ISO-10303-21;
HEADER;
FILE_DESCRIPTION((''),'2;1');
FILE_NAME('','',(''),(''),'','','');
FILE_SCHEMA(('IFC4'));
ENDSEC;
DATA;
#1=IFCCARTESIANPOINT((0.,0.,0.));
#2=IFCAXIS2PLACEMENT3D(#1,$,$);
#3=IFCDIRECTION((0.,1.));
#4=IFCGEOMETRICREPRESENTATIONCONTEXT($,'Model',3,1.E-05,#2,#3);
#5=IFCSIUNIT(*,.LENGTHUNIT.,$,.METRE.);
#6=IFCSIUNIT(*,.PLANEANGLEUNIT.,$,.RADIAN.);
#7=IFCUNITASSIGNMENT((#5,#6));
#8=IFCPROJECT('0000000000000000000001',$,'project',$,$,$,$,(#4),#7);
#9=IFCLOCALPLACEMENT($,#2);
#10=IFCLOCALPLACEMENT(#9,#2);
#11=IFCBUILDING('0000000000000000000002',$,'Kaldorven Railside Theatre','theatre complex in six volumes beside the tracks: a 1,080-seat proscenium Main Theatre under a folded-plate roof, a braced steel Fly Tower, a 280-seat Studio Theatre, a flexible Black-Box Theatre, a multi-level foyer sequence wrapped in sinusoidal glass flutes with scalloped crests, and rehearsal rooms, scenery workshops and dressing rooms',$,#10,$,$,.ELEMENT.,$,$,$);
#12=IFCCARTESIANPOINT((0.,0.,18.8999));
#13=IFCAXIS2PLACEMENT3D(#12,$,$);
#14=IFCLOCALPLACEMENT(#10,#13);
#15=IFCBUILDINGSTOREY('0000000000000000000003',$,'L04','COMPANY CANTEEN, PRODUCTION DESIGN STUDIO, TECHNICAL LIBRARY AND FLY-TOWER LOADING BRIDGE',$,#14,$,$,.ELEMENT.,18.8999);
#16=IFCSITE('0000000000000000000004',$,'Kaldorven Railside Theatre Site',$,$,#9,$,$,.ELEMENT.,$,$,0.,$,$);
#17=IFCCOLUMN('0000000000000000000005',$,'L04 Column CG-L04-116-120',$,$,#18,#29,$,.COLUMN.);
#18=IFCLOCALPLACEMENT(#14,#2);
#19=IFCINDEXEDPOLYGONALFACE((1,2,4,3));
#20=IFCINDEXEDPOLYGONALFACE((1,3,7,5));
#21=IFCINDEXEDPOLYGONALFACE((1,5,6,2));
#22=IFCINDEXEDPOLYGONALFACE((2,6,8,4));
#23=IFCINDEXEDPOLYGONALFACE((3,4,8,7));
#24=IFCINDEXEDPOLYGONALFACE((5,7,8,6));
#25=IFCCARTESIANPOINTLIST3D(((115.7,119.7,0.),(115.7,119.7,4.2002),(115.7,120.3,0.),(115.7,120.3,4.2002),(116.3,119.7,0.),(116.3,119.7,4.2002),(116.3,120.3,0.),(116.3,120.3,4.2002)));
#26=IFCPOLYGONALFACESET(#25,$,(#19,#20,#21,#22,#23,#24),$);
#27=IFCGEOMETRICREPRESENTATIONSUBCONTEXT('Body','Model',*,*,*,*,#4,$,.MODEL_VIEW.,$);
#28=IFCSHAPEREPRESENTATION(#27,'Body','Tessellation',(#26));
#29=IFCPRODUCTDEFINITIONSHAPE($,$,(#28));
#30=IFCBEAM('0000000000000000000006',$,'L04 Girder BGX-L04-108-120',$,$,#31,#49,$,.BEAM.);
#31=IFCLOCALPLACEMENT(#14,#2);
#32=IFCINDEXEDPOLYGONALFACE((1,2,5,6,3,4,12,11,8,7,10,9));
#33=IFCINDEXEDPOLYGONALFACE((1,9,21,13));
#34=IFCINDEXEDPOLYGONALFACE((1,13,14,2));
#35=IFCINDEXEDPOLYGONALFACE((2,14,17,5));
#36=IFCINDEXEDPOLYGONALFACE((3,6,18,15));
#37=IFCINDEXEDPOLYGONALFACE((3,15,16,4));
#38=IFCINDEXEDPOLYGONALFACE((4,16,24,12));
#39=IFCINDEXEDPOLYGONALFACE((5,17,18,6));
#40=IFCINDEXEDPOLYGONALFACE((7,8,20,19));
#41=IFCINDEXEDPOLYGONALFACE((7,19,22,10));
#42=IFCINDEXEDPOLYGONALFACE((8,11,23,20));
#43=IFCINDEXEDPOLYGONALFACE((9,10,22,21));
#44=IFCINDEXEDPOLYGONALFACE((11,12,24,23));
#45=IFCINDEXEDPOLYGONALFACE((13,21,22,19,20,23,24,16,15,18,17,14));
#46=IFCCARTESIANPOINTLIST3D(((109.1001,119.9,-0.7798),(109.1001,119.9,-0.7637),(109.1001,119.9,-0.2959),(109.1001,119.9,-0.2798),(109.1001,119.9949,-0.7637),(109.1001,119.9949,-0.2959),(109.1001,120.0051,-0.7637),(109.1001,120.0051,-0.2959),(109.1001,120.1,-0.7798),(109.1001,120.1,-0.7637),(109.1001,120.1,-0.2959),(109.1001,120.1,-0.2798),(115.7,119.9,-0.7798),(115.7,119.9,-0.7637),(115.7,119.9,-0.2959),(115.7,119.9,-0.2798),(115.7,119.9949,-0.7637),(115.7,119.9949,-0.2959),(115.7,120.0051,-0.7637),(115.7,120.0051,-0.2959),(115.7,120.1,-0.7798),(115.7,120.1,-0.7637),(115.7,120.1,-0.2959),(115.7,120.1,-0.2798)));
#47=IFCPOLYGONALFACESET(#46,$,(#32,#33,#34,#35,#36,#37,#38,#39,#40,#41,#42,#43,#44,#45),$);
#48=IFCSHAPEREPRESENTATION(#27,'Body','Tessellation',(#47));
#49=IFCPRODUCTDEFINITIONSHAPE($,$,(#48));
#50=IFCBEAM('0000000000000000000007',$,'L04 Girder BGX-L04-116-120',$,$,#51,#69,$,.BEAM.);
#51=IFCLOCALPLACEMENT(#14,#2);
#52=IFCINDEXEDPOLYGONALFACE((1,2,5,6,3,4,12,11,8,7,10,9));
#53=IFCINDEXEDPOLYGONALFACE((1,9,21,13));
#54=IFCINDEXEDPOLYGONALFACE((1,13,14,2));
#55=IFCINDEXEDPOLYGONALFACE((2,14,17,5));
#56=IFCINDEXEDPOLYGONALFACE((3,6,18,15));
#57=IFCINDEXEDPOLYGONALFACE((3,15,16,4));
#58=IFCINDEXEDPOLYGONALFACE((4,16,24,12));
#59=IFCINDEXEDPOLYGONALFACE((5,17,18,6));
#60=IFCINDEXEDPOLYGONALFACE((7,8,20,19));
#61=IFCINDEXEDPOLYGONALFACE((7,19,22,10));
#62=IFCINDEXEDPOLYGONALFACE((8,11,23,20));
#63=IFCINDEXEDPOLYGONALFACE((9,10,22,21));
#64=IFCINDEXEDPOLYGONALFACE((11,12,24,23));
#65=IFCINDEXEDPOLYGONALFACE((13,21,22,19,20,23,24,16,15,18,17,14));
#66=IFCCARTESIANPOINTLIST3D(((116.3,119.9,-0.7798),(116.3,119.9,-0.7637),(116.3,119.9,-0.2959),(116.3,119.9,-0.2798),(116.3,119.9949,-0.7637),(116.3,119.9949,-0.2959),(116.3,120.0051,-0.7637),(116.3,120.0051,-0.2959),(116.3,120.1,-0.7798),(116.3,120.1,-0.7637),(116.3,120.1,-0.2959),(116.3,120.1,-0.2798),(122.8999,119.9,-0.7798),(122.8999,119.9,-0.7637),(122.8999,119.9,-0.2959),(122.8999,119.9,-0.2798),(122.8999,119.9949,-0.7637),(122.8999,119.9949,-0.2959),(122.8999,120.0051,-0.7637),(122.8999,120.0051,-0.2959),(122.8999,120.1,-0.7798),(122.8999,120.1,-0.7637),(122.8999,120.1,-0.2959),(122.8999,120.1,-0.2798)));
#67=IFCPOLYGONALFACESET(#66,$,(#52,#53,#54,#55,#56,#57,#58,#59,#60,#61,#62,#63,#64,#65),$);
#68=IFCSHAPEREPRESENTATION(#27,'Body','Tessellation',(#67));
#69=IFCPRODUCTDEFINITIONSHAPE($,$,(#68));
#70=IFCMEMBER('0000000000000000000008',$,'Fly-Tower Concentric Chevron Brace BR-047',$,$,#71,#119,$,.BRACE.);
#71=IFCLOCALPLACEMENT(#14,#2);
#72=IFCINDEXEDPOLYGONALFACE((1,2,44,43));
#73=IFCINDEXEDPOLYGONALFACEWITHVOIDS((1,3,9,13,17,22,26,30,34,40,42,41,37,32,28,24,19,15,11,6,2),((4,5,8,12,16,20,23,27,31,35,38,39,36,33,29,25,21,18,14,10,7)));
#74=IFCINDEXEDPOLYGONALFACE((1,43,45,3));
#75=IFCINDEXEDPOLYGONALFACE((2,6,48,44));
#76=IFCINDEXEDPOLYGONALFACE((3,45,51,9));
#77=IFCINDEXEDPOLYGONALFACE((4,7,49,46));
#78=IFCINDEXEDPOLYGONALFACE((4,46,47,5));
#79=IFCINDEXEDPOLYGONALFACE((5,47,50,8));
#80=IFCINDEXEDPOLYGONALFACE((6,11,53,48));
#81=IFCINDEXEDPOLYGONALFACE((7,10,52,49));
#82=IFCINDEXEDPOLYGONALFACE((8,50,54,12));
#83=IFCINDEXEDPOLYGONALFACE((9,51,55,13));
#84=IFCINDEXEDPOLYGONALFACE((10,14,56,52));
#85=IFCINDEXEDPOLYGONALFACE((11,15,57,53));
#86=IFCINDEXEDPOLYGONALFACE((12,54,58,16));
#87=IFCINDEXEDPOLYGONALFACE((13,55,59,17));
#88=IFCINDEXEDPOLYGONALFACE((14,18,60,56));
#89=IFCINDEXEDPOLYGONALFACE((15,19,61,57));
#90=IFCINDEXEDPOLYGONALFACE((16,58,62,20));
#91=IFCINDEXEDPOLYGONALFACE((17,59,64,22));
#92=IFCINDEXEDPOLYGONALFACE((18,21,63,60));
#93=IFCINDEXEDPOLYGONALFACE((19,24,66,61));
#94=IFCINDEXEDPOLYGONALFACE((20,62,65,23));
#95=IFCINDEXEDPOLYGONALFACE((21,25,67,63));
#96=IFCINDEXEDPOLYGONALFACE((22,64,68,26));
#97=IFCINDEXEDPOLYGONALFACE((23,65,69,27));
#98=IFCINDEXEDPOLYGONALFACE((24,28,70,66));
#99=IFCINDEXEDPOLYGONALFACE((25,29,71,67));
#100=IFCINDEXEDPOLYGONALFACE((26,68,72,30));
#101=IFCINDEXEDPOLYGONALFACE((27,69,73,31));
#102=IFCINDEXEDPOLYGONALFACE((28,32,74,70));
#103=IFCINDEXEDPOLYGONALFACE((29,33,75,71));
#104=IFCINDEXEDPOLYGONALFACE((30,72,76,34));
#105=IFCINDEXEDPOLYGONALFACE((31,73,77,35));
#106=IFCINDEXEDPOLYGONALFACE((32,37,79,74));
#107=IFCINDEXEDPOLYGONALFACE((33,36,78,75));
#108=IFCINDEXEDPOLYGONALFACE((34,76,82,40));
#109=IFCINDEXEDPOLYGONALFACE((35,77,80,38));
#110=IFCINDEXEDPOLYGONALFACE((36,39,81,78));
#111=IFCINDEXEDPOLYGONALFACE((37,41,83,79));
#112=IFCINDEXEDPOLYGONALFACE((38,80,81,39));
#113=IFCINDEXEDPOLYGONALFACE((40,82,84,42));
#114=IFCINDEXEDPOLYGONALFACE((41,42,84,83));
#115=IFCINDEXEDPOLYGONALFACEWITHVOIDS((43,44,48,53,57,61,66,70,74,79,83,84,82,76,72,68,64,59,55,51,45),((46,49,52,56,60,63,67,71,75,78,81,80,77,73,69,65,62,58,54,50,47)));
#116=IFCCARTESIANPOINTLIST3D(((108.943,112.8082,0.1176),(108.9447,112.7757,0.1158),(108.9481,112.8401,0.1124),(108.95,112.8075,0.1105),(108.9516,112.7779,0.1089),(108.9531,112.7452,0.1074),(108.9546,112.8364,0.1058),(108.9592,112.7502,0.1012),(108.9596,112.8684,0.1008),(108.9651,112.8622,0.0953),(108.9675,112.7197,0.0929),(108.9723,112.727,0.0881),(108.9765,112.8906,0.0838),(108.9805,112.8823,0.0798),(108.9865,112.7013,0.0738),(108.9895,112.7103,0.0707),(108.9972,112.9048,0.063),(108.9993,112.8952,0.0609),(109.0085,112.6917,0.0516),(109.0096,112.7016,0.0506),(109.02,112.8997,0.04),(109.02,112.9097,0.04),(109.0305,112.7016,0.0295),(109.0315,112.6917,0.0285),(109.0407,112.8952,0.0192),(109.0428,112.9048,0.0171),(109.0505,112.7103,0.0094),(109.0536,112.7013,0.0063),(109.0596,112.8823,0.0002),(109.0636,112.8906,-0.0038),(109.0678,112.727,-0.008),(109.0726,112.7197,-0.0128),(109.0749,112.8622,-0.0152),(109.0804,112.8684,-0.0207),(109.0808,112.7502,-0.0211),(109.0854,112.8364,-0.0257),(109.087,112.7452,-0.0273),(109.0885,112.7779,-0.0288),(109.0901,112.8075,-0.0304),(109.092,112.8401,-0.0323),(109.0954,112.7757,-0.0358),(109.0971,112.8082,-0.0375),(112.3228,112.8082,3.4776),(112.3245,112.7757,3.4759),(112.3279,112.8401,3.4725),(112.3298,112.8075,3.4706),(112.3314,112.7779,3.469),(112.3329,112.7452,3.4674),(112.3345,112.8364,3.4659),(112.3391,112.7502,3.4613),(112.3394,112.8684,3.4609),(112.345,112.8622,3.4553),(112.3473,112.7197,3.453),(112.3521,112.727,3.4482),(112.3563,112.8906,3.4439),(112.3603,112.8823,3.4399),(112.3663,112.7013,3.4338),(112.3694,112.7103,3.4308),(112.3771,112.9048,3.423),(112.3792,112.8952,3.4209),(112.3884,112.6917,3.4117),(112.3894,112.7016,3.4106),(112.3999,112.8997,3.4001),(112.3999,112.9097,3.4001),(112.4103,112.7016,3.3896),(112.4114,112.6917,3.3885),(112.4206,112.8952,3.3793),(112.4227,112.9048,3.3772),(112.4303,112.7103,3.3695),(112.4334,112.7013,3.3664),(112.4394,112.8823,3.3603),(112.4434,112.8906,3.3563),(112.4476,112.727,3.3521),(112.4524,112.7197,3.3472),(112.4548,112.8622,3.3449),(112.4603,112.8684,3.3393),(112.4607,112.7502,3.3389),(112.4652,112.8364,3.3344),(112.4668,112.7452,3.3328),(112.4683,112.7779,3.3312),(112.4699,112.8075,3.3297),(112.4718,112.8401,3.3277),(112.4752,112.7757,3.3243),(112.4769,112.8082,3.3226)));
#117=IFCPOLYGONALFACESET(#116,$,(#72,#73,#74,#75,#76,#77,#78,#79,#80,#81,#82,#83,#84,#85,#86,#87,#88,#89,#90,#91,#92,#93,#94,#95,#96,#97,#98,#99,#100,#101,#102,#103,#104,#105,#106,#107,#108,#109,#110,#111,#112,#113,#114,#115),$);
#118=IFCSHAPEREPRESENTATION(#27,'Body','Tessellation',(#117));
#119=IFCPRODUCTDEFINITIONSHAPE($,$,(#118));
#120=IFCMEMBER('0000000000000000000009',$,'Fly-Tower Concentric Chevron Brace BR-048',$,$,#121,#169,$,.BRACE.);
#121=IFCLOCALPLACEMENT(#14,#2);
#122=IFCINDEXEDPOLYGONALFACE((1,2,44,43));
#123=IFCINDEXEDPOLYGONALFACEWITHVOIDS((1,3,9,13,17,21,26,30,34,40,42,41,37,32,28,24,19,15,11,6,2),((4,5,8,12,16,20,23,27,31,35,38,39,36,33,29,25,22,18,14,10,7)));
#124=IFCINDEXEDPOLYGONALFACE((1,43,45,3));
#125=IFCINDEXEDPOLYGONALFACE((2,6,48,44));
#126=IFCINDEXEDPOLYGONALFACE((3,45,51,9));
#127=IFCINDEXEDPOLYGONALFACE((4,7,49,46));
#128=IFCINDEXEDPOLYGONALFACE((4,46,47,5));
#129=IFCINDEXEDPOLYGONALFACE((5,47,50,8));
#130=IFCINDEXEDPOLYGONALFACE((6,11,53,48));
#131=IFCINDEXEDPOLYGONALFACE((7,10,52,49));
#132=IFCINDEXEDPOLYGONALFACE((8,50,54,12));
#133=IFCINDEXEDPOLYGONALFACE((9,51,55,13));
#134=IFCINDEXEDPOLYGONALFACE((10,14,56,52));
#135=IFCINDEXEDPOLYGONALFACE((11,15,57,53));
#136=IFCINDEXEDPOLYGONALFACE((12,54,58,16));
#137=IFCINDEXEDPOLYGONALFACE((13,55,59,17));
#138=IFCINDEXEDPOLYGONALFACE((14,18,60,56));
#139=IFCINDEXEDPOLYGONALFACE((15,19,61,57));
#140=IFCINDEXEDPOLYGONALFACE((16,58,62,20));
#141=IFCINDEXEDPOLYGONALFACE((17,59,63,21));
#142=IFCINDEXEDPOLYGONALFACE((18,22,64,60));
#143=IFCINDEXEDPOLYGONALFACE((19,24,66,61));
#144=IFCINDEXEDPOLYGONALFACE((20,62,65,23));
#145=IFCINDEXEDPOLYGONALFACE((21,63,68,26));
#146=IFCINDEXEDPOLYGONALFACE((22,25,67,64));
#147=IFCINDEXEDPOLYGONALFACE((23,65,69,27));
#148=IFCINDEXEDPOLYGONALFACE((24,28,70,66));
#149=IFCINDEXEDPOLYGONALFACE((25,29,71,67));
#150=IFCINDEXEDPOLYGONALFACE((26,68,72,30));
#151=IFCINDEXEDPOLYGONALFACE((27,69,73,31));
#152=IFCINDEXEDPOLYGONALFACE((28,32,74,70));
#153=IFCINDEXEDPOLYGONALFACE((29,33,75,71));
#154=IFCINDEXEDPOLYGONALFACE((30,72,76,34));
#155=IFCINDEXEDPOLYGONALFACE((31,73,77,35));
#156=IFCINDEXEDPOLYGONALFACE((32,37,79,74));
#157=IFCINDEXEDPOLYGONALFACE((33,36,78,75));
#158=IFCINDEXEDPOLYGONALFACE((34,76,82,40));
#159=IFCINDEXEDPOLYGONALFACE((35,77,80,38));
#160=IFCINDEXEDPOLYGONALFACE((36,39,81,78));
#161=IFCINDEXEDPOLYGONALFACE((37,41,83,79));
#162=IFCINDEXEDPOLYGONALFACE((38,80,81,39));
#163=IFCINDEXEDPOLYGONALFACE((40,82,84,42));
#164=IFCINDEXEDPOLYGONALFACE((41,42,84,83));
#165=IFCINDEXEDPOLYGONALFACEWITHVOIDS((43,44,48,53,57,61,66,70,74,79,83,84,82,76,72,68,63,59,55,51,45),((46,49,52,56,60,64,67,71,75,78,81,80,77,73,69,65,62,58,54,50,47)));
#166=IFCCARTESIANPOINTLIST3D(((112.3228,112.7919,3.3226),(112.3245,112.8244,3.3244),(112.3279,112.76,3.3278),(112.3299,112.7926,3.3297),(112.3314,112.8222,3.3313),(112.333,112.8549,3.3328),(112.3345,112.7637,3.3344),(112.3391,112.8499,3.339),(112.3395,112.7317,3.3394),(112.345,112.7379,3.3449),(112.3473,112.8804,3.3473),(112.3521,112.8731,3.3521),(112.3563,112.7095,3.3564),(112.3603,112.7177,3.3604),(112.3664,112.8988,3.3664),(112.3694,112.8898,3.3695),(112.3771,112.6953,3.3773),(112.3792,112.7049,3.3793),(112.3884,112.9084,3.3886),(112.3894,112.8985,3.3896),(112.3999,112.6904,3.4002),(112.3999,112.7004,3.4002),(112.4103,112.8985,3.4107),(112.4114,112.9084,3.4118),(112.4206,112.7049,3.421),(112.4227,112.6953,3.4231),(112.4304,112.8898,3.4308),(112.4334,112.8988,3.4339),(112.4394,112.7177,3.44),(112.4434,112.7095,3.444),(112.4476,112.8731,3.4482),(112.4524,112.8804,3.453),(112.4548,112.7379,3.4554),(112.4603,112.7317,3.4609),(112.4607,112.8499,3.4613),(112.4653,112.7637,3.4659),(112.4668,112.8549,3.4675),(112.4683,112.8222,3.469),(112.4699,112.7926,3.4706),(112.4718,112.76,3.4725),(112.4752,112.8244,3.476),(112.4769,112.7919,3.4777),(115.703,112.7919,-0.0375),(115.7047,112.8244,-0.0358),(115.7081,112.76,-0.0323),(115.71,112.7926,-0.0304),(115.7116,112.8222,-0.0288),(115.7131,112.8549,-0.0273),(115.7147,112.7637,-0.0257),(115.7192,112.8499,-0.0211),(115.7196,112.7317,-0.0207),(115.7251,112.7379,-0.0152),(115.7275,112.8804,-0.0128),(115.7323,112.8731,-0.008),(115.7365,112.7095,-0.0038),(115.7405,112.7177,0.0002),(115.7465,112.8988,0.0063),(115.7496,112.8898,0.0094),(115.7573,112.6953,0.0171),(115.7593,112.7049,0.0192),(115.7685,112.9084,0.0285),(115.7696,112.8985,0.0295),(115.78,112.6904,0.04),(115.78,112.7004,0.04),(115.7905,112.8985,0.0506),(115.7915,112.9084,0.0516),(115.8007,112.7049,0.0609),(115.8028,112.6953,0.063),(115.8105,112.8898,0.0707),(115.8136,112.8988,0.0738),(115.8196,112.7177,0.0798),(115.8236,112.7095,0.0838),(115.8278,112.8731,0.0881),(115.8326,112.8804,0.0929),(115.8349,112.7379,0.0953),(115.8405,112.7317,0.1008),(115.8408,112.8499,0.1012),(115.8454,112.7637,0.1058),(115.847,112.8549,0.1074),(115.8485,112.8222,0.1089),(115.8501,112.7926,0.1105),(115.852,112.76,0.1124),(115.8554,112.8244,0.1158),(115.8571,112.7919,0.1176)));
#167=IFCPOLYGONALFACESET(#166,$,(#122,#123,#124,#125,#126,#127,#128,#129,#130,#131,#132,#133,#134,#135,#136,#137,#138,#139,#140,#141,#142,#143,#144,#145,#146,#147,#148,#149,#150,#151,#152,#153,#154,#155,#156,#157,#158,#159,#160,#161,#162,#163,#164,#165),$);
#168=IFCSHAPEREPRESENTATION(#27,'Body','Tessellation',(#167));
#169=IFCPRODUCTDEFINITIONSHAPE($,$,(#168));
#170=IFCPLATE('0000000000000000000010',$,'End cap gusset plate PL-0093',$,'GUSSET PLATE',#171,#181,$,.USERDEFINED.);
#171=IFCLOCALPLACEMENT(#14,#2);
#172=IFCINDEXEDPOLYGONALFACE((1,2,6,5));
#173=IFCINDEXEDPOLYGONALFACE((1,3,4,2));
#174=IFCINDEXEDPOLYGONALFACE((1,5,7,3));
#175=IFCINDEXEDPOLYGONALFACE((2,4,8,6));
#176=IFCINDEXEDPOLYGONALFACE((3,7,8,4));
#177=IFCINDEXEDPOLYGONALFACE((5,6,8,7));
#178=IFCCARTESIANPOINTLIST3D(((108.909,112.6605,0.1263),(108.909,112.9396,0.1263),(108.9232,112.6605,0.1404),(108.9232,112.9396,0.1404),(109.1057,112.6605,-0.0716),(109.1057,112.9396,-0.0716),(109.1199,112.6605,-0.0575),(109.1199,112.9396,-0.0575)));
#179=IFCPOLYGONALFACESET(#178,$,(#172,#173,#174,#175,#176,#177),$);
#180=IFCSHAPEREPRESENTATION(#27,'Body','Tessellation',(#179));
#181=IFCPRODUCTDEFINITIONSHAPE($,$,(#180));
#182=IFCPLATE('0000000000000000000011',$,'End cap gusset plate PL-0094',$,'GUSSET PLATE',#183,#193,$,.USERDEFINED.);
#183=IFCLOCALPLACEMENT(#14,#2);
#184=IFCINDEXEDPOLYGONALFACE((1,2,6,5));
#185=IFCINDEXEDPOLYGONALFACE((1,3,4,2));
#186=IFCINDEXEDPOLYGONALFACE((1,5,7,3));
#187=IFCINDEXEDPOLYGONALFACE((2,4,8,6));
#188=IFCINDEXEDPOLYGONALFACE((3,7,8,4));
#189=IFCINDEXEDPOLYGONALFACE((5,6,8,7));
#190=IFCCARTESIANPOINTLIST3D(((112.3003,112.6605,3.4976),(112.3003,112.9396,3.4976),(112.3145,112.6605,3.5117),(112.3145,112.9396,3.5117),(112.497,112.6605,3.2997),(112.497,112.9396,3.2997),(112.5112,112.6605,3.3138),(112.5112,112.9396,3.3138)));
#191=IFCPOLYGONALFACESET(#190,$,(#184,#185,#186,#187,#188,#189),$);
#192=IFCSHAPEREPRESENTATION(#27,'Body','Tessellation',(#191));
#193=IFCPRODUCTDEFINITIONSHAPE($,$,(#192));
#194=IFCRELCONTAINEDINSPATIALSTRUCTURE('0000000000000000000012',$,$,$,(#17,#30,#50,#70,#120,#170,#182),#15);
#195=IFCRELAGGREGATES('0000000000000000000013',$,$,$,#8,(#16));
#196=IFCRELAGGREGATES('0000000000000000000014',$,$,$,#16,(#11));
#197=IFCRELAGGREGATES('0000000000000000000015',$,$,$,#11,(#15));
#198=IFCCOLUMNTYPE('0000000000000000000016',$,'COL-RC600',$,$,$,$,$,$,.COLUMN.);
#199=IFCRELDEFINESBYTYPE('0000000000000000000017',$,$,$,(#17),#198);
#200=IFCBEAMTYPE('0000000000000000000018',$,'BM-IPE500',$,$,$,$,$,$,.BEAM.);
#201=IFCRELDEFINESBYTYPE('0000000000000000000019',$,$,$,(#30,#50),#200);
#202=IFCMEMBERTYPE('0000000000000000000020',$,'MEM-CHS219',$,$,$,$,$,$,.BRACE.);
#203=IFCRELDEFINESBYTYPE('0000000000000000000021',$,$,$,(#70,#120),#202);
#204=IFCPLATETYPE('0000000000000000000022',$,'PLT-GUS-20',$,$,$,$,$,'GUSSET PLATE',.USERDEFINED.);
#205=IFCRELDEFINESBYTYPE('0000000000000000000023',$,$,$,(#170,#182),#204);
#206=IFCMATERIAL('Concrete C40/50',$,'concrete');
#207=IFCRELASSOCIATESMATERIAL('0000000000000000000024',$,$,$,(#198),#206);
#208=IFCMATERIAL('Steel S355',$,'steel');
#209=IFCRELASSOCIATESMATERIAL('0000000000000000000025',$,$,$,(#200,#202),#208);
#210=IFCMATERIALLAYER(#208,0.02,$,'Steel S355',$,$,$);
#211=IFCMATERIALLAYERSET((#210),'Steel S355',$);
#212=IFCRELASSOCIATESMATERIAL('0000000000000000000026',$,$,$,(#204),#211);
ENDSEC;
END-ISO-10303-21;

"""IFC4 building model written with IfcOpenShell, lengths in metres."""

from ifc_helpers import new_model, si_unit, direction, frame, origin, origin_2d, place, context, subcontext, project, spatial, rectangle, hollow_circle, i_section, extrude, material, layer, layer_set, material_profile, profile_set, type_object, element, save


model = new_model("IFC4")

# Units and contexts
model_context = context("Model", 3, precision=1e-05, world=origin(), true_north=direction((0.0, 1.0)))
body_context = subcontext(model_context, "Body", "Model", "MODEL_VIEW")
ifc_project = project(units=[si_unit("LENGTHUNIT", "METRE"), si_unit("PLANEANGLEUNIT", "RADIAN")], contexts=[model_context])

# Site, building, storey
site_placement = place(None, origin())
site = spatial("IfcSite", under=ifc_project, at=site_placement, Name="Kaldorven Railside Theatre Site", CompositionType="ELEMENT", RefElevation=0.0)
building_placement = place(site_placement, origin())
building = spatial("IfcBuilding", under=site, at=building_placement, Name="Kaldorven Railside Theatre", Description="theatre complex in six volumes beside the tracks: a 1,080-seat proscenium Main Theatre under a folded-plate roof, a braced steel Fly Tower, a 280-seat Studio Theatre, a flexible Black-Box Theatre, a multi-level foyer sequence wrapped in sinusoidal glass flutes with scalloped crests, and rehearsal rooms, scenery workshops and dressing rooms", CompositionType="ELEMENT")
storey_placement = place(building_placement, frame((0.0, 0.0, 18.8999)))
storey = spatial("IfcBuildingStorey", under=building, at=storey_placement, Name="L04", Description="COMPANY CANTEEN, PRODUCTION DESIGN STUDIO, TECHNICAL LIBRARY AND FLY-TOWER LOADING BRIDGE", CompositionType="ELEMENT", Elevation=18.8999)

# Column
ifc_material_1 = material(Name="Concrete C40/50", Category="concrete")
ifc_material_profile_1 = material_profile(ifc_material_1, rectangle(XDim=0.6001, YDim=0.6001, at=origin_2d()), Name="RC 600x600")
ifc_profile_set_1 = profile_set([ifc_material_profile_1], Name="Concrete C40/50")
column_type = type_object("IfcColumnType", Name="COL-RC600", PredefinedType="COLUMN", material=ifc_profile_set_1)
column_placement = place(storey_placement, frame((116.0, 120.0, 0.0), z_axis=(0.0, 0.0, 1.0), x_axis=(1.0, 0.0, 0.0)))
element("IfcColumn", 1, at=column_placement, inside=storey, type_object=column_type, Name="L04 Column CG-L04-116-120", PredefinedType="COLUMN", context=body_context, shape_type="SweptSolid", body=[
    extrude(rectangle(XDim=0.6001, YDim=0.6001, at=origin_2d()), origin(), (0.0, 0.0, 1.0), 4.2002),
])

# Beams
ifc_material_2 = material(Name="Steel S355", Category="steel")
ifc_material_profile_2 = material_profile(ifc_material_2, i_section(OverallWidth=0.2, OverallDepth=0.5, WebThickness=0.0103, FlangeThickness=0.0161, at=origin_2d()), Name="IPE 500")
ifc_profile_set_2 = profile_set([ifc_material_profile_2], Name="Steel S355")
beam_type = type_object("IfcBeamType", Name="BM-IPE500", PredefinedType="BEAM", material=ifc_profile_set_2)
for number, where, z_axis, x_axis, name in (
    (2, (109.1001, 120.0, -0.5298), (1.0, 0.0, 0.0), (0.0, 1.0, 0.0), "L04 Girder BGX-L04-108-120"),
    (3, (116.3, 120.0, -0.5298), (1.0, 0.0, 0.0), (0.0, 1.0, 0.0), "L04 Girder BGX-L04-116-120"),
):
    element("IfcBeam", number, at=place(storey_placement, frame(where, z_axis=z_axis, x_axis=x_axis)), inside=storey, type_object=beam_type, Name=name, PredefinedType="BEAM", context=body_context, shape_type="SweptSolid", body=[
        extrude(i_section(OverallWidth=0.2, OverallDepth=0.5, WebThickness=0.0103, FlangeThickness=0.0161, at=origin_2d()), origin(), (0.0, 0.0, 1.0), 6.5999),
    ])

# Members
ifc_material_profile_3 = material_profile(ifc_material_2, hollow_circle(Radius=0.1096, WallThickness=0.01, at=origin_2d()), Name="CHS 219.1x10")
ifc_profile_set_3 = profile_set([ifc_material_profile_3], Name="Steel S355")
member_type = type_object("IfcMemberType", Name="MEM-CHS219", PredefinedType="BRACE", material=ifc_profile_set_3)
member_1_placement = place(storey_placement, frame((109.02, 112.8, 0.04), z_axis=(0.709178, 0.0, 0.705029), x_axis=(0.0, 1.0, 0.0)))
element("IfcMember", 4, at=member_1_placement, inside=storey, type_object=member_type, Name="Fly-Tower Concentric Chevron Brace BR-047", PredefinedType="BRACE", context=body_context, shape_type="SweptSolid", body=[
    extrude(hollow_circle(Radius=0.1096, WallThickness=0.01, at=origin_2d()), origin(), (0.0, 0.0, 1.0), 4.7659),
])
member_2_placement = place(storey_placement, frame((115.78, 112.8, 0.04), z_axis=(-0.709204, 0.0, 0.705003), x_axis=(0.0, -1.0, 0.0)))
element("IfcMember", 5, at=member_2_placement, inside=storey, type_object=member_type, Name="Fly-Tower Concentric Chevron Brace BR-048", PredefinedType="BRACE", context=body_context, shape_type="SweptSolid", body=[
    extrude(hollow_circle(Radius=0.1096, WallThickness=0.01, at=origin_2d()), origin(), (0.0, 0.0, 1.0), 4.7661),
])

# Plates
ifc_layer_1 = layer(ifc_material_2, 0.02, Name="Steel S355")
ifc_layer_set_1 = layer_set([ifc_layer_1], Name="Steel S355")
plate_type = type_object("IfcPlateType", Name="PLT-GUS-20", ElementType="GUSSET PLATE", PredefinedType="USERDEFINED", material=ifc_layer_set_1)
for number, where, z_axis, x_axis, name in (
    (6, (109.0073, 112.8, 0.0273), (0.709202, 0.0, 0.705006), (0.0, 1.0, 0.0), "End cap gusset plate PL-0093"),
    (7, (112.3987, 112.8, 3.3987), (0.709202, 0.0, 0.705006), (0.0, 1.0, 0.0), "End cap gusset plate PL-0094"),
):
    element("IfcPlate", number, at=place(storey_placement, frame(where, z_axis=z_axis, x_axis=x_axis)), inside=storey, type_object=plate_type, Name=name, ObjectType="GUSSET PLATE", PredefinedType="USERDEFINED", context=body_context, shape_type="SweptSolid", body=[
        extrude(rectangle(XDim=0.2791, YDim=0.2791, at=origin_2d()), origin(), (0.0, 0.0, 1.0), 0.02),
    ])

save(model, "model.ifc")
